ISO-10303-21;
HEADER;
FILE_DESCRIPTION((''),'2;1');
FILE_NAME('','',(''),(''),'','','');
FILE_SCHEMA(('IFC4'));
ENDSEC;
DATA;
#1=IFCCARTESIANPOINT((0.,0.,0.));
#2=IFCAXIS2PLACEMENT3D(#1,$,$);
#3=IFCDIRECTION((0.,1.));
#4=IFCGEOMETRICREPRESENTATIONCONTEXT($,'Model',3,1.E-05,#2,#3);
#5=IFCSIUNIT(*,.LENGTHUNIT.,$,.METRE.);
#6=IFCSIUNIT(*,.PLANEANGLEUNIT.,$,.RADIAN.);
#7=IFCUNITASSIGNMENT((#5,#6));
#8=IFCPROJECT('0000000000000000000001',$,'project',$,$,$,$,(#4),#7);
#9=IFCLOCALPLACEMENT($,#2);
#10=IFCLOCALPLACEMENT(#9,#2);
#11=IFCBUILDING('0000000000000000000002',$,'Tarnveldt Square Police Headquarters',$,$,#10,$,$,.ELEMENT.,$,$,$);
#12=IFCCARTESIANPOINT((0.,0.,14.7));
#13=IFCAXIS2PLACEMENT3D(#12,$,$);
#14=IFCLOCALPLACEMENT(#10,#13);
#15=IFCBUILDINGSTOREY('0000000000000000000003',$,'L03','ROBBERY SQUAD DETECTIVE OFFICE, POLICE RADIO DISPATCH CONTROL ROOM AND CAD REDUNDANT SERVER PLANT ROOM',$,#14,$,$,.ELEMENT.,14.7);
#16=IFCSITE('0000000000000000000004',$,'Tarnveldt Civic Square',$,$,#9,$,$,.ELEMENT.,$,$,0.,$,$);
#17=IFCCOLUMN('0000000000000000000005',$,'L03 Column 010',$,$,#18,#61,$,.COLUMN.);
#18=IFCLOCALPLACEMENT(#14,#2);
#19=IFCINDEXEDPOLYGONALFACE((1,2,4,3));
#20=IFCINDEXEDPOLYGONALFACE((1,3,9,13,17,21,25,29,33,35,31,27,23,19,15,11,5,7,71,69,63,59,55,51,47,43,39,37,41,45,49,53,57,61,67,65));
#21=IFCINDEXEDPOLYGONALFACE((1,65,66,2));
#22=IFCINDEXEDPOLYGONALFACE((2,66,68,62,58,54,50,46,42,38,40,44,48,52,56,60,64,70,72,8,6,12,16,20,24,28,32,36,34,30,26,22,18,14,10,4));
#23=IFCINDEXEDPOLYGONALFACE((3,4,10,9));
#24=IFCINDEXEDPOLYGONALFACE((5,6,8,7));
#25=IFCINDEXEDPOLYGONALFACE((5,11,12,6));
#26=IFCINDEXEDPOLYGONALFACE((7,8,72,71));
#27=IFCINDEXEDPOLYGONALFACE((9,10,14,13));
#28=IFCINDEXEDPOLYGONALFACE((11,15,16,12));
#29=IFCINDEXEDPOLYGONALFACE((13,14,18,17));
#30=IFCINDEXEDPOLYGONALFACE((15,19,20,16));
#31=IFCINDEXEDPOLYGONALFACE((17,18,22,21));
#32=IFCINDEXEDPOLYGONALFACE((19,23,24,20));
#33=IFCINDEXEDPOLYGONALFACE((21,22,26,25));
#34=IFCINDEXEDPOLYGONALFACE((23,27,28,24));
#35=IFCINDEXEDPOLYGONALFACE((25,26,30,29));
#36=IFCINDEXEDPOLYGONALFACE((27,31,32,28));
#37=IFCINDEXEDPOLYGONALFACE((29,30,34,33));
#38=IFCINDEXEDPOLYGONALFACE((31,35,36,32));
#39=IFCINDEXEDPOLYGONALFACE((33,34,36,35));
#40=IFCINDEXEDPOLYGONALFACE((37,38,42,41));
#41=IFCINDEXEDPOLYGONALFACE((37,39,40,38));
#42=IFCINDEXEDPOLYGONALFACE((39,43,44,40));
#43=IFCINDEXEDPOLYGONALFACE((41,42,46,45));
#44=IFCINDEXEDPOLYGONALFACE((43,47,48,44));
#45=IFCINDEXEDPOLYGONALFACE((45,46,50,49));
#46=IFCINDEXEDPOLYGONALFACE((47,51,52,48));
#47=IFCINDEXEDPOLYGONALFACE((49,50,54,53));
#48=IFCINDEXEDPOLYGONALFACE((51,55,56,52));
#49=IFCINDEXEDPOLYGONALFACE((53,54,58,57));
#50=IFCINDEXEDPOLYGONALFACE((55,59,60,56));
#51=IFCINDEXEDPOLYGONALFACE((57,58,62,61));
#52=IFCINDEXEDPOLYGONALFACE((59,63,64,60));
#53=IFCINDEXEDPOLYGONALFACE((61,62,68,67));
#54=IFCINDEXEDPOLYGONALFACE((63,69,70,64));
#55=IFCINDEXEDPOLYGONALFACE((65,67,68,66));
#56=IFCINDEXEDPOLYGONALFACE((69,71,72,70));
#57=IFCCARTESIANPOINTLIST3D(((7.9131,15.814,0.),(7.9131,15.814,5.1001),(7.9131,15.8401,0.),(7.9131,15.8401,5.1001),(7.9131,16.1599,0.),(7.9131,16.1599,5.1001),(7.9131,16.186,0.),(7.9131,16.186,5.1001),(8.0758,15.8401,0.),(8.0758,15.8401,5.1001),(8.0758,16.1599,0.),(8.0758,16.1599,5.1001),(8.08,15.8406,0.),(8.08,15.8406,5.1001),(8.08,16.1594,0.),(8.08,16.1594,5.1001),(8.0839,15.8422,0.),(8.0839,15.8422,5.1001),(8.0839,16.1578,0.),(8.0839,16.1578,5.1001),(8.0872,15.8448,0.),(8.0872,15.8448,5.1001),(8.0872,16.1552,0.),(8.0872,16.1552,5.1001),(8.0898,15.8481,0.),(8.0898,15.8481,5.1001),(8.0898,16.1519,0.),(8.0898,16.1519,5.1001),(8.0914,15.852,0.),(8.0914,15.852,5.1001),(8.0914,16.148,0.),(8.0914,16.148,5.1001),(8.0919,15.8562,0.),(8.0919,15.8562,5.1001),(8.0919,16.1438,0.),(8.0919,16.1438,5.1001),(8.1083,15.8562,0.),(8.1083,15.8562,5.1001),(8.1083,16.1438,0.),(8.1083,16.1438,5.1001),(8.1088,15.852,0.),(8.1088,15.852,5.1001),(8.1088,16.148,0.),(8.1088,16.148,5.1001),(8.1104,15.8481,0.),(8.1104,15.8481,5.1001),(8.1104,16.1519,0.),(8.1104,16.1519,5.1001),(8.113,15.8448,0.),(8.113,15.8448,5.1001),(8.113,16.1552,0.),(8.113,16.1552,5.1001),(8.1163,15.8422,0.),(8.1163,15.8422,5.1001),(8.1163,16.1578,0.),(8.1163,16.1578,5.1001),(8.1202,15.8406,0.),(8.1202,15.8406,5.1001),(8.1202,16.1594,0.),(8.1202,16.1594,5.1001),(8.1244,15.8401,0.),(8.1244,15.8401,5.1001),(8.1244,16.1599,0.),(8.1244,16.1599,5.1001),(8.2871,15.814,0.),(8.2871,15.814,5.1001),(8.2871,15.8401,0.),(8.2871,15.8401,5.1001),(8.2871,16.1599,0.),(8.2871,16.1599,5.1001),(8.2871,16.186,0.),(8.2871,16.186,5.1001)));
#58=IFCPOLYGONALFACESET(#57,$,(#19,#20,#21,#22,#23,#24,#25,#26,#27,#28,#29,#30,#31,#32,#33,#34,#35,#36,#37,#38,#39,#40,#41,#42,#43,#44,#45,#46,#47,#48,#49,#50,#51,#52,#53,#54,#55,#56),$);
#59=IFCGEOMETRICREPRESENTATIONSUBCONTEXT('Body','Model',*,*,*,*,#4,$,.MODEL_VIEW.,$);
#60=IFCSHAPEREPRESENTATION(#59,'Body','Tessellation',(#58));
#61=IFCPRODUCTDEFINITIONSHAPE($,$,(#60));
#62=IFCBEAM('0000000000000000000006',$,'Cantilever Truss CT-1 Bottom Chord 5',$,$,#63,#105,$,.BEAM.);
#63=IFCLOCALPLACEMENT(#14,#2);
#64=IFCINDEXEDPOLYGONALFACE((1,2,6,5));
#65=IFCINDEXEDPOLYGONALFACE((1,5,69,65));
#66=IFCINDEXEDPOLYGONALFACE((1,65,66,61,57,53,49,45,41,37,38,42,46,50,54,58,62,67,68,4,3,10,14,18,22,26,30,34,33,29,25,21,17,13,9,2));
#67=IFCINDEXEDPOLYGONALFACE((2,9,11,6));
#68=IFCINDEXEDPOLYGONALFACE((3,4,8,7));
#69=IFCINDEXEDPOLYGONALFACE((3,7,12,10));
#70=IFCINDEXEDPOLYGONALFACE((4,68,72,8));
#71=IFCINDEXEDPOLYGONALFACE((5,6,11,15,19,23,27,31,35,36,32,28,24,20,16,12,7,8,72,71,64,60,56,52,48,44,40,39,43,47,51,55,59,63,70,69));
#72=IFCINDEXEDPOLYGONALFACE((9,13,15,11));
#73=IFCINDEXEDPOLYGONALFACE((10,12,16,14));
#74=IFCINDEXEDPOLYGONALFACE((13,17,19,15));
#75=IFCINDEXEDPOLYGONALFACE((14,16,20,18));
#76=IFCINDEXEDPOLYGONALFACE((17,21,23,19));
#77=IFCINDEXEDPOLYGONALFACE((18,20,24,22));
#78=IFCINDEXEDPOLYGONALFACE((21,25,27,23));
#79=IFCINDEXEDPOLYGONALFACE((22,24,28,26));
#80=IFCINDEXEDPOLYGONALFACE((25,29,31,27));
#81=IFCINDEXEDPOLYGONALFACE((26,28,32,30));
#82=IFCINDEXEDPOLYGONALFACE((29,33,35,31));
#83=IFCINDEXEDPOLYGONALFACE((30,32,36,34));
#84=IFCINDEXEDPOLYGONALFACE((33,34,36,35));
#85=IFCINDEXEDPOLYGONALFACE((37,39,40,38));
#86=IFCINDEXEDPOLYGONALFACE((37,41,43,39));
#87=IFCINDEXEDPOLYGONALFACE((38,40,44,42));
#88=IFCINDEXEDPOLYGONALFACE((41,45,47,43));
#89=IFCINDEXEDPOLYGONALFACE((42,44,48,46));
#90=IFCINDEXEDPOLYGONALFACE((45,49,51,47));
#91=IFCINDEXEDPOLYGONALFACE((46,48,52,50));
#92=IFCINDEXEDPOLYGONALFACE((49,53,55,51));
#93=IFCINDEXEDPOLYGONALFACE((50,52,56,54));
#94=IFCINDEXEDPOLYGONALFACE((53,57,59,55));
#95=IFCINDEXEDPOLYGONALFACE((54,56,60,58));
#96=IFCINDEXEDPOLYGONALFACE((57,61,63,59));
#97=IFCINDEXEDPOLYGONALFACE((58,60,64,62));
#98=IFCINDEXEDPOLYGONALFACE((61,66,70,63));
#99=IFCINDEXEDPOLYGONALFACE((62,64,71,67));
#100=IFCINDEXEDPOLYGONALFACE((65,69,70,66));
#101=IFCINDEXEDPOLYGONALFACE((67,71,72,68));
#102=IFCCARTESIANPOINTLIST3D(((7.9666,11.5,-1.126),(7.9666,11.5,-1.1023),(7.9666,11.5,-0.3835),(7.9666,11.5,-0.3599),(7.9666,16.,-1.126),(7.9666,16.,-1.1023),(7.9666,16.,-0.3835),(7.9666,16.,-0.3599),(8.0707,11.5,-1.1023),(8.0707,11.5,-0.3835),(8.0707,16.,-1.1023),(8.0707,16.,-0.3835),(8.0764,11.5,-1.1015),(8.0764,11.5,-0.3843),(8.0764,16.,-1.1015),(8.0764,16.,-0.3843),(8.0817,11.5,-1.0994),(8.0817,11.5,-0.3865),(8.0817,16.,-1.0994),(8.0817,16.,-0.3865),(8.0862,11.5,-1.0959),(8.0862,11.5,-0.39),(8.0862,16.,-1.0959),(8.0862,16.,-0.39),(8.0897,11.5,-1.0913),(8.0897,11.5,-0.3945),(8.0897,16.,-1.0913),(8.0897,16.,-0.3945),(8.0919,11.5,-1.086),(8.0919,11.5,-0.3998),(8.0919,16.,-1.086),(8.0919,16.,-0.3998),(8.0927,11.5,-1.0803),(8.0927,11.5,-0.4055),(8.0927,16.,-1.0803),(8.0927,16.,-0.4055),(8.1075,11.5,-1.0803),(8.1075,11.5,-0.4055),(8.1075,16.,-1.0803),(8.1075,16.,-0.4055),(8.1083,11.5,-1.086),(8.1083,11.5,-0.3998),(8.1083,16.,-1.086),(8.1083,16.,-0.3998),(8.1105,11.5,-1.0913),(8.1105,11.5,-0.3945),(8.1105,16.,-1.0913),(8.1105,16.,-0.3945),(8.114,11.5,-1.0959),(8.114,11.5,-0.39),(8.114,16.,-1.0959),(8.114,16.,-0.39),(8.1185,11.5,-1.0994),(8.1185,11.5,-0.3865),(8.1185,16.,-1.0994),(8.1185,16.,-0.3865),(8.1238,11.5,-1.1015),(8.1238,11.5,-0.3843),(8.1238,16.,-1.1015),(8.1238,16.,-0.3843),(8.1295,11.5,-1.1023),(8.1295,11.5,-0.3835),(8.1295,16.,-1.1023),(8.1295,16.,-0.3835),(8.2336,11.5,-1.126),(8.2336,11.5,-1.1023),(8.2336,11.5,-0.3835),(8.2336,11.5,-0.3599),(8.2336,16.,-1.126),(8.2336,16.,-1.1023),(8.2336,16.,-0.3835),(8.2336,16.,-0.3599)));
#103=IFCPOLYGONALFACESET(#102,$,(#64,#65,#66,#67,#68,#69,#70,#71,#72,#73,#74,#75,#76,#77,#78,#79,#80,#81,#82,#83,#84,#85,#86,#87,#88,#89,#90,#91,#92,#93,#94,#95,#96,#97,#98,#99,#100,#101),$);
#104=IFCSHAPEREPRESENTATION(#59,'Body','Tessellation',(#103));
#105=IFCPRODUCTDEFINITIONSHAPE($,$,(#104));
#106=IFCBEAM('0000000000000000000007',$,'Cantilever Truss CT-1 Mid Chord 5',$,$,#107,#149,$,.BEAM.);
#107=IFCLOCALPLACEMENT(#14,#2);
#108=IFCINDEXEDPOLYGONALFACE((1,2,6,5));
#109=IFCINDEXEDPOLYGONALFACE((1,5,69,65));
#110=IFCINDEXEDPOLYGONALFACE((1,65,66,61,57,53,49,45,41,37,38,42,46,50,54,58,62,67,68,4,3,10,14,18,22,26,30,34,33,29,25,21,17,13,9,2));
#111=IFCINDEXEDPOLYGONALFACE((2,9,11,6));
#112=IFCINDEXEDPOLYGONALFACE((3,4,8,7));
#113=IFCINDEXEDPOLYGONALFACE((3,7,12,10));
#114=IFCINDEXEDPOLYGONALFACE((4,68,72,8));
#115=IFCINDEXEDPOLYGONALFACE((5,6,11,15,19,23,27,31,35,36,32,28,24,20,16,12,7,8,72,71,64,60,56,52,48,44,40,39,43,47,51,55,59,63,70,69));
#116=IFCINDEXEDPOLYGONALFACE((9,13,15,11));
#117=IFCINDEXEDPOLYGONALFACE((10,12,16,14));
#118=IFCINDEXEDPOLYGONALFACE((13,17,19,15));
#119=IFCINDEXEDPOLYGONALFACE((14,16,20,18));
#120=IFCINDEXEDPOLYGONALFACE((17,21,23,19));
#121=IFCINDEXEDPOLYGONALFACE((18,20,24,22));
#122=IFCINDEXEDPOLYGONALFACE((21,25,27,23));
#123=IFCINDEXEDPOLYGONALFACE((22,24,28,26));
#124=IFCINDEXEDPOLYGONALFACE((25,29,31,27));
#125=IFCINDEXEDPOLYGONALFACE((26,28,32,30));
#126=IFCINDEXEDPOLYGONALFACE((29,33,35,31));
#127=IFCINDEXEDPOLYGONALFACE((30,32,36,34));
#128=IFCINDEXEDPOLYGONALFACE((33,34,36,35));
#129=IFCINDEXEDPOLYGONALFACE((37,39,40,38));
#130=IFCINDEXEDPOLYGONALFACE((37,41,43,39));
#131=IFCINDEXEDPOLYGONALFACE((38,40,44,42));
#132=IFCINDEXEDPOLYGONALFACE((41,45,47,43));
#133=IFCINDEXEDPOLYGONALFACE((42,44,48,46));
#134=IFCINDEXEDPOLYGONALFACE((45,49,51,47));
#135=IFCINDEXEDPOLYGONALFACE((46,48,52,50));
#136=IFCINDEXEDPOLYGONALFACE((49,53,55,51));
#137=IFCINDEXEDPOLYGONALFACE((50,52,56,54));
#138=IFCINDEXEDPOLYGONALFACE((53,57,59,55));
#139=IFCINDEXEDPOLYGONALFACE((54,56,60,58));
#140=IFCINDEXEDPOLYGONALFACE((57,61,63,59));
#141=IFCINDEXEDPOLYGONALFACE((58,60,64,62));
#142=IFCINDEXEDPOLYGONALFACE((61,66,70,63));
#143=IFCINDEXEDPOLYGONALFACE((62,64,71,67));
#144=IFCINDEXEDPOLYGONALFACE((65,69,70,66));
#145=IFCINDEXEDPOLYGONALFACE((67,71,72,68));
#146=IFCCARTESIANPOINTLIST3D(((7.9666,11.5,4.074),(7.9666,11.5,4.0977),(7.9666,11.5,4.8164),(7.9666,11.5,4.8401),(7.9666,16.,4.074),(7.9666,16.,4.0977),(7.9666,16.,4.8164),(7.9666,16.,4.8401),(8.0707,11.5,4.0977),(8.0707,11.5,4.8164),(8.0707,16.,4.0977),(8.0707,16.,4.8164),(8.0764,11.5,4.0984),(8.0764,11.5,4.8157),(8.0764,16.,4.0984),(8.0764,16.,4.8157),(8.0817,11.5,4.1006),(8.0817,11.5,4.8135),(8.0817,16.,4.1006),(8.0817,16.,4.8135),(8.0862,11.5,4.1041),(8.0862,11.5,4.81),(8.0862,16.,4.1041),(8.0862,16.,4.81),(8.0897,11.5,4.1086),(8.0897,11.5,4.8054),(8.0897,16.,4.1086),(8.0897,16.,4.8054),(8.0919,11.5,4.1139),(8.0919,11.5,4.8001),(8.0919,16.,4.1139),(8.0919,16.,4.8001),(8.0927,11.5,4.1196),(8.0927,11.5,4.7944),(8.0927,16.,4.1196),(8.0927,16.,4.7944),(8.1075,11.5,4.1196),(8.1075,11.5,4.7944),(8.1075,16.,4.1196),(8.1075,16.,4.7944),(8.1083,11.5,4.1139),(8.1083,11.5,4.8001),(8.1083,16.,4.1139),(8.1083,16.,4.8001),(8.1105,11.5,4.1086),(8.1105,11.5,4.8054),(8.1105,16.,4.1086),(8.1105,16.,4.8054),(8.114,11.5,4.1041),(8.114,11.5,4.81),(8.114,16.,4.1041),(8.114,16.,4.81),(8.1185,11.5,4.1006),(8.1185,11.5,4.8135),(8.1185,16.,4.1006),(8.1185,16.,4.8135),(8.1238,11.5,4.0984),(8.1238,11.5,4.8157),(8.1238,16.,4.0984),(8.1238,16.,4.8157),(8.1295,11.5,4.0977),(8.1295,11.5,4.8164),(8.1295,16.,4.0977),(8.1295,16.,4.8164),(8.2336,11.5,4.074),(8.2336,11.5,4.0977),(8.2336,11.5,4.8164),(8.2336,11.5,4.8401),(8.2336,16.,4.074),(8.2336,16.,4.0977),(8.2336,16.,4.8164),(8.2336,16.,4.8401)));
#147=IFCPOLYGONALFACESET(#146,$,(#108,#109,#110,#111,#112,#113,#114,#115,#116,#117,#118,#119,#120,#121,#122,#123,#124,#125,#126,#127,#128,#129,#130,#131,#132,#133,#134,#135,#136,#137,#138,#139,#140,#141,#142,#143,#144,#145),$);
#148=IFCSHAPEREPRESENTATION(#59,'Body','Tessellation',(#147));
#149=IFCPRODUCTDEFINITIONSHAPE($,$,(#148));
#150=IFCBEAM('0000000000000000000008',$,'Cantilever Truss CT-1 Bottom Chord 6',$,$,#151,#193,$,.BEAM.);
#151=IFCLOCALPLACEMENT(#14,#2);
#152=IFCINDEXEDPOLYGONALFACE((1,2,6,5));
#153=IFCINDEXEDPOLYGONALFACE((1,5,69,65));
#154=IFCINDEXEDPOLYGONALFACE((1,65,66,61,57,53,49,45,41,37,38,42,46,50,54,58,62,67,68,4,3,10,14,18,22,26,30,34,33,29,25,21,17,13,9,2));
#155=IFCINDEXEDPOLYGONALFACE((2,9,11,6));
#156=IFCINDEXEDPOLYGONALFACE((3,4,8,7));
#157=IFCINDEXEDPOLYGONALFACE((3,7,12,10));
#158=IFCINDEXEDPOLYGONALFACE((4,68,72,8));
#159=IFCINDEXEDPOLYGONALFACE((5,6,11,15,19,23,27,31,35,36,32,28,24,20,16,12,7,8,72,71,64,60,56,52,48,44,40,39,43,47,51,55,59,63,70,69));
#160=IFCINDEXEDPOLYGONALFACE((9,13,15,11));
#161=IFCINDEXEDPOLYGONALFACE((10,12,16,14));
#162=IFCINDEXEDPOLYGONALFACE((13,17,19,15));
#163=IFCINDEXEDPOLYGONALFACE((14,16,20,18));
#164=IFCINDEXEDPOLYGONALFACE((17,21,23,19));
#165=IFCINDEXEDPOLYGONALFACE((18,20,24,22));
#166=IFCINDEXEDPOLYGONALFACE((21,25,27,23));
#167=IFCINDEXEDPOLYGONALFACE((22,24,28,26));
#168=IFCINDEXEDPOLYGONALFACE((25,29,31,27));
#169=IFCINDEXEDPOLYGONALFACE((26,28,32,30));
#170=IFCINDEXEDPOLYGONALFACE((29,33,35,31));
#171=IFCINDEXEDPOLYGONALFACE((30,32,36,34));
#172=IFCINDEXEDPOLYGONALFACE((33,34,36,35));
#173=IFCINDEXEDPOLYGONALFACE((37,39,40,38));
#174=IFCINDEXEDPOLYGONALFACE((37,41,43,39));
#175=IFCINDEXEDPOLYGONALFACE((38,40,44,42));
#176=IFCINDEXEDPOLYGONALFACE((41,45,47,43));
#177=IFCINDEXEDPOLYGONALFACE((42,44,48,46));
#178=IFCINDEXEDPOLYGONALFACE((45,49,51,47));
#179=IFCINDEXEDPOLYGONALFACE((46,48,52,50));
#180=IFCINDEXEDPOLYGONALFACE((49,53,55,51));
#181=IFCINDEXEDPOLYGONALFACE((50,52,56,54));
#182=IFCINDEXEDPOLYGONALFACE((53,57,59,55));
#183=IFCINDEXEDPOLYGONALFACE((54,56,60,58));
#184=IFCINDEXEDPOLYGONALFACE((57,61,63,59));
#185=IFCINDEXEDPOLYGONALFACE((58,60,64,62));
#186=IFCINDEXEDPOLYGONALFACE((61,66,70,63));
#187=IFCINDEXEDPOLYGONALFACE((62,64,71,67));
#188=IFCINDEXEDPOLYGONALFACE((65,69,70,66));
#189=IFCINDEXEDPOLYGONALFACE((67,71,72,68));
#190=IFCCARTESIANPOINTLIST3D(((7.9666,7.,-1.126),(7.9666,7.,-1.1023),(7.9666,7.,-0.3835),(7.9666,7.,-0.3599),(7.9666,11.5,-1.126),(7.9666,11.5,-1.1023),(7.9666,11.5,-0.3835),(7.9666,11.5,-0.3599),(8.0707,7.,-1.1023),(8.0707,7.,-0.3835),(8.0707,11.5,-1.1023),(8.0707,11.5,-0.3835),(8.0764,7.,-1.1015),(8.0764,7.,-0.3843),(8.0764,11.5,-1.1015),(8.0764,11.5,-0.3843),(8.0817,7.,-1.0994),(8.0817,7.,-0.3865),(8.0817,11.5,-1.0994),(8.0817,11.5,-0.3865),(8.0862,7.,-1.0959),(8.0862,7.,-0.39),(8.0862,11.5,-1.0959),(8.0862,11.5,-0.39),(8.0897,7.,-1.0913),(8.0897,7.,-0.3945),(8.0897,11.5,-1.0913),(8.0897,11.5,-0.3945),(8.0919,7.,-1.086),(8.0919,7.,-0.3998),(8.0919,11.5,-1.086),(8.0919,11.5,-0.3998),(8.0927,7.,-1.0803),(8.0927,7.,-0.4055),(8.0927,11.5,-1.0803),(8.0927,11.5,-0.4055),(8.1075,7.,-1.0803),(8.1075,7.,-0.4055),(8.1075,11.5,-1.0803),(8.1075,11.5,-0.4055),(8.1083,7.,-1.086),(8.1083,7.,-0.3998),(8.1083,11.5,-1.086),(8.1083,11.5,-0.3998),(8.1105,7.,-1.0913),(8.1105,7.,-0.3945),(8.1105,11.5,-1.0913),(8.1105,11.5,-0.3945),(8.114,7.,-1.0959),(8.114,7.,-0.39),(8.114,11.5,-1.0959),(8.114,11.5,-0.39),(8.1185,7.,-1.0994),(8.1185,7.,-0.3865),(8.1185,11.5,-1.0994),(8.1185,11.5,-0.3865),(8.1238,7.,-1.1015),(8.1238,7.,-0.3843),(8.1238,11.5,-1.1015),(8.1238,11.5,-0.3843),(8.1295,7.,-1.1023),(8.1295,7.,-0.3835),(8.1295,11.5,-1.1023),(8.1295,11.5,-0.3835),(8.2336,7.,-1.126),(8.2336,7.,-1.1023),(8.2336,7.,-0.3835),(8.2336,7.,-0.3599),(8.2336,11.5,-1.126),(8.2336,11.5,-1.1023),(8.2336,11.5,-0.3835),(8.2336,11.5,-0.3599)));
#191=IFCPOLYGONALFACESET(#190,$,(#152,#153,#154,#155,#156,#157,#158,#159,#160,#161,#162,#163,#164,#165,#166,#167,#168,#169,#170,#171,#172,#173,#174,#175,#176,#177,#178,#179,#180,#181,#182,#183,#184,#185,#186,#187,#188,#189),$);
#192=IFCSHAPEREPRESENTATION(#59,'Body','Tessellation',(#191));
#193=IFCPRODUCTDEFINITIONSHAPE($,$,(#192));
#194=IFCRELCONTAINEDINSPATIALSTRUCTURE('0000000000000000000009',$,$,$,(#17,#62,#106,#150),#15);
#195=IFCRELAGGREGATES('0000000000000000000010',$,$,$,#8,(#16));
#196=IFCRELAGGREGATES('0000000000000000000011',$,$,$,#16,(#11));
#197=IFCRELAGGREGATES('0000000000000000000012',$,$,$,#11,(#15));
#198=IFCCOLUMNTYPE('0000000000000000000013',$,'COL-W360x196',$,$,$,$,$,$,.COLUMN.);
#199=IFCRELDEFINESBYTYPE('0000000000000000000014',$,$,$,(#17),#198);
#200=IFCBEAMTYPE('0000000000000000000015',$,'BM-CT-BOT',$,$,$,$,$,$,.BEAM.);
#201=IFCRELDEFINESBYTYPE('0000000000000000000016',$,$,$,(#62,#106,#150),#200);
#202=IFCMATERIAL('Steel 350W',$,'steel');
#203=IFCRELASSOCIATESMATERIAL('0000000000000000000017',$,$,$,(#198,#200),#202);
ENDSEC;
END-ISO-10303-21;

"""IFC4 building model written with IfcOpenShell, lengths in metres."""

from ifc_helpers import new_model, si_unit, direction, frame, origin, origin_2d, place, context, subcontext, project, spatial, i_section, extrude, material, material_profile, profile_set, type_object, element, save


model = new_model("IFC4")

# Units and contexts
model_context = context("Model", 3, precision=1e-05, world=origin(), true_north=direction((0.0, 1.0)))
body_context = subcontext(model_context, "Body", "Model", "MODEL_VIEW")
ifc_project = project(units=[si_unit("LENGTHUNIT", "METRE"), si_unit("PLANEANGLEUNIT", "RADIAN")], contexts=[model_context])

# Site, building, storey
site_placement = place(None, origin())
site = spatial("IfcSite", under=ifc_project, at=site_placement, Name="Tarnveldt Civic Square", CompositionType="ELEMENT", RefElevation=0.0)
building_placement = place(site_placement, origin())
building = spatial("IfcBuilding", under=site, at=building_placement, Name="Tarnveldt Square Police Headquarters", CompositionType="ELEMENT")
storey_placement = place(building_placement, frame((0.0, 0.0, 14.7)))
storey = spatial("IfcBuildingStorey", under=building, at=storey_placement, Name="L03", Description="ROBBERY SQUAD DETECTIVE OFFICE, POLICE RADIO DISPATCH CONTROL ROOM AND CAD REDUNDANT SERVER PLANT ROOM", CompositionType="ELEMENT", Elevation=14.7)

# Column
ifc_material_1 = material(Name="Steel 350W", Category="steel")
ifc_material_profile_1 = material_profile(ifc_material_1, i_section(OverallWidth=0.374, OverallDepth=0.3721, WebThickness=0.0164, FlangeThickness=0.0261, FilletRadius=0.0161, at=origin_2d()), Name="W360x196")
ifc_profile_set_1 = profile_set([ifc_material_profile_1], Name="Steel 350W")
column_type = type_object("IfcColumnType", Name="COL-W360x196", PredefinedType="COLUMN", material=ifc_profile_set_1)
column_placement = place(storey_placement, frame((8.1001, 16.0, 0.0), z_axis=(0.0, 0.0, 1.0), x_axis=(1.0, 0.0, 0.0)))
element("IfcColumn", 1, at=column_placement, inside=storey, type_object=column_type, Name="L03 Column 010", PredefinedType="COLUMN", context=body_context, shape_type="SweptSolid", body=[
    extrude(i_section(OverallWidth=0.374, OverallDepth=0.3721, WebThickness=0.0164, FlangeThickness=0.0261, FilletRadius=0.0161, at=origin_2d()), origin(), (0.0, 0.0, 1.0), 5.1001),
])

# Beams
ifc_material_profile_2 = material_profile(ifc_material_1, i_section(OverallWidth=0.2671, OverallDepth=0.7661, WebThickness=0.0149, FlangeThickness=0.0237, FilletRadius=0.022, at=origin_2d()), Name="W760x185")
ifc_profile_set_2 = profile_set([ifc_material_profile_2], Name="Steel 350W")
beam_type_1 = type_object("IfcBeamType", Name="BM-CT-BOT", PredefinedType="BEAM", material=ifc_profile_set_2)
for number, where, z_axis, x_axis, name in (
    (2, (8.1001, 16.0, -0.7429), (0.0, -1.0, 0.0), (1.0, 0.0, 0.0), "Cantilever Truss CT-1 Bottom Chord 5"),
    (3, (8.1001, 16.0, 4.457), (0.0, -1.0, 0.0), (1.0, 0.0, 0.0), "Cantilever Truss CT-1 Mid Chord 5"),
    (4, (8.1001, 11.5, -0.7429), (0.0, -1.0, 0.0), (1.0, 0.0, 0.0), "Cantilever Truss CT-1 Bottom Chord 6"),
):
    element("IfcBeam", number, at=place(storey_placement, frame(where, z_axis=z_axis, x_axis=x_axis)), inside=storey, type_object=beam_type_1, Name=name, PredefinedType="BEAM", context=body_context, shape_type="SweptSolid", body=[
        extrude(i_section(OverallWidth=0.2671, OverallDepth=0.7661, WebThickness=0.0149, FlangeThickness=0.0237, FilletRadius=0.022, at=origin_2d()), origin(), (0.0, 0.0, 1.0), 4.5),
    ])

save(model, "model.ifc")
